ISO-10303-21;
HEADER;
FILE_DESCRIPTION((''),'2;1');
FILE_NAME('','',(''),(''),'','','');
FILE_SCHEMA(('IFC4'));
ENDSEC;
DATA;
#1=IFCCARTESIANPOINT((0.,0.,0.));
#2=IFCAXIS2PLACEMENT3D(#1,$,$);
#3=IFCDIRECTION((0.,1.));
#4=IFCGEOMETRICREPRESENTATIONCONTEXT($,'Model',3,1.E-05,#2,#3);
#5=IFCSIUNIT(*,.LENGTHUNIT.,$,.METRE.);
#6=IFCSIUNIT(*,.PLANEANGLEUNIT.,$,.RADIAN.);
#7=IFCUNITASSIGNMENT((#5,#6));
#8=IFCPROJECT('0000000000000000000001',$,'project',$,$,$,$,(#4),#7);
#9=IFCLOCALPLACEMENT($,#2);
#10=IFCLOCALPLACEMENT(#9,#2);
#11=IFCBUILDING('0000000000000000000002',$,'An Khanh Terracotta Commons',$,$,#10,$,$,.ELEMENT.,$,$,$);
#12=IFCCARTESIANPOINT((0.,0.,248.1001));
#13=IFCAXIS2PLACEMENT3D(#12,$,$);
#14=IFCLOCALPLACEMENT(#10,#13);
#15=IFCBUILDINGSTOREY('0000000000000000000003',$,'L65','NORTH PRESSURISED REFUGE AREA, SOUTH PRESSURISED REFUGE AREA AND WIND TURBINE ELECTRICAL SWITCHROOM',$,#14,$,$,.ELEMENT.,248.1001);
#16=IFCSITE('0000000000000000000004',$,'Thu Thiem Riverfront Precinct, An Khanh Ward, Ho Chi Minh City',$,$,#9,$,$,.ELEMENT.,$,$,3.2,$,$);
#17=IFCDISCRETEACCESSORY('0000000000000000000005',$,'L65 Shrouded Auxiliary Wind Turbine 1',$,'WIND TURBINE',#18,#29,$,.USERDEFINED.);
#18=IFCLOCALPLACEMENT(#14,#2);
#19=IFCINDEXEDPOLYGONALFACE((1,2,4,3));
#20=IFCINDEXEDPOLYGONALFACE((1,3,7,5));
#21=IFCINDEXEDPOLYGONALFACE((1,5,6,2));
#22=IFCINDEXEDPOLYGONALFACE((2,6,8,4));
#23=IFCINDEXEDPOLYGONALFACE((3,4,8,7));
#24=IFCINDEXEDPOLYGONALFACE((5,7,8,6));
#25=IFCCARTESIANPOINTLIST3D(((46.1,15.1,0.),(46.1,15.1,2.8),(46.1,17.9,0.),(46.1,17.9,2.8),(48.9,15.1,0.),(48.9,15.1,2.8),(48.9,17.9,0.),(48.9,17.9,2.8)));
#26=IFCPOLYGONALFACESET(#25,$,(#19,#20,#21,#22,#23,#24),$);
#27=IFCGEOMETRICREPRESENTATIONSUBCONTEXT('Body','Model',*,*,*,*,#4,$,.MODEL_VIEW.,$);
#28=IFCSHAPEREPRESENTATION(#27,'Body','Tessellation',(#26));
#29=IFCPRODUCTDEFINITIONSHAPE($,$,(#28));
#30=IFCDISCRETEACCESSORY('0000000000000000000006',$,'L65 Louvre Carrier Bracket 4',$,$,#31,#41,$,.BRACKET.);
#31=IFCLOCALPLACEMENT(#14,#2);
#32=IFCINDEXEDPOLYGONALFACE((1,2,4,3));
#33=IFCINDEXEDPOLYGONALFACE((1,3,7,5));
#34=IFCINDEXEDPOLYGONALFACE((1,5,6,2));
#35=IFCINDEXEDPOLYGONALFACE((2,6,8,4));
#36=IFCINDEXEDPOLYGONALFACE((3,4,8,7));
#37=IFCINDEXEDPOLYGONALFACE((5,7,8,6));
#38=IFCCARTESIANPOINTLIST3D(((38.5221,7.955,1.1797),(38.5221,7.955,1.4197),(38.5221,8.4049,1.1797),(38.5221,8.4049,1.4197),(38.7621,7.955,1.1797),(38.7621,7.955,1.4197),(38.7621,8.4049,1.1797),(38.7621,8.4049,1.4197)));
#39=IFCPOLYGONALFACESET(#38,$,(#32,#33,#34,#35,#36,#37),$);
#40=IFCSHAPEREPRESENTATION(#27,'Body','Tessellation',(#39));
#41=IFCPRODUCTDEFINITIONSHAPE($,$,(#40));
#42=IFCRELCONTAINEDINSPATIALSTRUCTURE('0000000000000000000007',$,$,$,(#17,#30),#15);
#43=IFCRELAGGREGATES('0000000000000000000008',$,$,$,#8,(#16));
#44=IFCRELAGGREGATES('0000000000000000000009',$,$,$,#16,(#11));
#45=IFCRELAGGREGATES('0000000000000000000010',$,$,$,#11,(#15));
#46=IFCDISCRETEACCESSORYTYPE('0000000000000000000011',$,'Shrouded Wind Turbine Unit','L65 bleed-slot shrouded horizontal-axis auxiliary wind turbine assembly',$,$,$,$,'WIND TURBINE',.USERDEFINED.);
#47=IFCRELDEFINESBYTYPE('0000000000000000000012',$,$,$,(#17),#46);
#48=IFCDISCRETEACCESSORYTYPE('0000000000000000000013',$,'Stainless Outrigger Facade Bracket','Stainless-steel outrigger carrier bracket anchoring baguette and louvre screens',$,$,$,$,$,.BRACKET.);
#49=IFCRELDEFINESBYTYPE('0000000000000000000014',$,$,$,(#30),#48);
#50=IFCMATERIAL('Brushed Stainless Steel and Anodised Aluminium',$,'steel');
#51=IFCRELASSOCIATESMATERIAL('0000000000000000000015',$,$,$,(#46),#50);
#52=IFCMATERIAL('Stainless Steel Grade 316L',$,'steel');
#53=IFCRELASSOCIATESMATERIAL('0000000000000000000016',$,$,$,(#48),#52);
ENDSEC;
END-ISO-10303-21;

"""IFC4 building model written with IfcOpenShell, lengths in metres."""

from ifc_helpers import new_model, si_unit, direction, frame, origin, origin_2d, place, context, subcontext, project, spatial, rectangle, extrude, material, type_object, element, save


model = new_model("IFC4")

# Units and contexts
model_context = context("Model", 3, precision=1e-05, world=origin(), true_north=direction((0.0, 1.0)))
body_context = subcontext(model_context, "Body", "Model", "MODEL_VIEW")
ifc_project = project(units=[si_unit("LENGTHUNIT", "METRE"), si_unit("PLANEANGLEUNIT", "RADIAN")], contexts=[model_context])

# Site, building, storey
site_placement = place(None, origin())
site = spatial("IfcSite", under=ifc_project, at=site_placement, Name="Thu Thiem Riverfront Precinct, An Khanh Ward, Ho Chi Minh City", CompositionType="ELEMENT", RefElevation=3.2)
building_placement = place(site_placement, origin())
building = spatial("IfcBuilding", under=site, at=building_placement, Name="An Khanh Terracotta Commons", CompositionType="ELEMENT")
storey_placement = place(building_placement, frame((0.0, 0.0, 248.1001)))
storey = spatial("IfcBuildingStorey", under=building, at=storey_placement, Name="L65", Description="NORTH PRESSURISED REFUGE AREA, SOUTH PRESSURISED REFUGE AREA AND WIND TURBINE ELECTRICAL SWITCHROOM", CompositionType="ELEMENT", Elevation=248.1001)

# Discrete accessories
ifc_material_1 = material(Name="Brushed Stainless Steel and Anodised Aluminium", Category="steel")
discrete_accessory_type_1 = type_object("IfcDiscreteAccessoryType", Name="Shrouded Wind Turbine Unit", Description="L65 bleed-slot shrouded horizontal-axis auxiliary wind turbine assembly", ElementType="WIND TURBINE", PredefinedType="USERDEFINED", material=ifc_material_1)
discrete_accessory_1_placement = place(storey_placement, frame((47.5, 16.5, 0.0), z_axis=(0.0, 0.0, 1.0), x_axis=(1.0, 0.0, 0.0)))
element("IfcDiscreteAccessory", 1, at=discrete_accessory_1_placement, inside=storey, type_object=discrete_accessory_type_1, Name="L65 Shrouded Auxiliary Wind Turbine 1", ObjectType="WIND TURBINE", PredefinedType="USERDEFINED", context=body_context, shape_type="SweptSolid", body=[
    extrude(rectangle(XDim=2.8, YDim=2.8, at=origin_2d()), origin(), (0.0, 0.0, 1.0), 2.8),
])
ifc_material_2 = material(Name="Stainless Steel Grade 316L", Category="steel")
discrete_accessory_type_2 = type_object("IfcDiscreteAccessoryType", Name="Stainless Outrigger Facade Bracket", Description="Stainless-steel outrigger carrier bracket anchoring baguette and louvre screens", PredefinedType="BRACKET", material=ifc_material_2)
discrete_accessory_2_placement = place(storey_placement, frame((38.6421, 8.1799, 1.1797), z_axis=(0.0, 0.0, 1.0), x_axis=(1.0, 0.0, 0.0)))
element("IfcDiscreteAccessory", 2, at=discrete_accessory_2_placement, inside=storey, type_object=discrete_accessory_type_2, Name="L65 Louvre Carrier Bracket 4", PredefinedType="BRACKET", context=body_context, shape_type="SweptSolid", body=[
    extrude(rectangle(XDim=0.24, YDim=0.45, at=origin_2d()), origin(), (0.0, 0.0, 1.0), 0.24),
])

save(model, "model.ifc")
